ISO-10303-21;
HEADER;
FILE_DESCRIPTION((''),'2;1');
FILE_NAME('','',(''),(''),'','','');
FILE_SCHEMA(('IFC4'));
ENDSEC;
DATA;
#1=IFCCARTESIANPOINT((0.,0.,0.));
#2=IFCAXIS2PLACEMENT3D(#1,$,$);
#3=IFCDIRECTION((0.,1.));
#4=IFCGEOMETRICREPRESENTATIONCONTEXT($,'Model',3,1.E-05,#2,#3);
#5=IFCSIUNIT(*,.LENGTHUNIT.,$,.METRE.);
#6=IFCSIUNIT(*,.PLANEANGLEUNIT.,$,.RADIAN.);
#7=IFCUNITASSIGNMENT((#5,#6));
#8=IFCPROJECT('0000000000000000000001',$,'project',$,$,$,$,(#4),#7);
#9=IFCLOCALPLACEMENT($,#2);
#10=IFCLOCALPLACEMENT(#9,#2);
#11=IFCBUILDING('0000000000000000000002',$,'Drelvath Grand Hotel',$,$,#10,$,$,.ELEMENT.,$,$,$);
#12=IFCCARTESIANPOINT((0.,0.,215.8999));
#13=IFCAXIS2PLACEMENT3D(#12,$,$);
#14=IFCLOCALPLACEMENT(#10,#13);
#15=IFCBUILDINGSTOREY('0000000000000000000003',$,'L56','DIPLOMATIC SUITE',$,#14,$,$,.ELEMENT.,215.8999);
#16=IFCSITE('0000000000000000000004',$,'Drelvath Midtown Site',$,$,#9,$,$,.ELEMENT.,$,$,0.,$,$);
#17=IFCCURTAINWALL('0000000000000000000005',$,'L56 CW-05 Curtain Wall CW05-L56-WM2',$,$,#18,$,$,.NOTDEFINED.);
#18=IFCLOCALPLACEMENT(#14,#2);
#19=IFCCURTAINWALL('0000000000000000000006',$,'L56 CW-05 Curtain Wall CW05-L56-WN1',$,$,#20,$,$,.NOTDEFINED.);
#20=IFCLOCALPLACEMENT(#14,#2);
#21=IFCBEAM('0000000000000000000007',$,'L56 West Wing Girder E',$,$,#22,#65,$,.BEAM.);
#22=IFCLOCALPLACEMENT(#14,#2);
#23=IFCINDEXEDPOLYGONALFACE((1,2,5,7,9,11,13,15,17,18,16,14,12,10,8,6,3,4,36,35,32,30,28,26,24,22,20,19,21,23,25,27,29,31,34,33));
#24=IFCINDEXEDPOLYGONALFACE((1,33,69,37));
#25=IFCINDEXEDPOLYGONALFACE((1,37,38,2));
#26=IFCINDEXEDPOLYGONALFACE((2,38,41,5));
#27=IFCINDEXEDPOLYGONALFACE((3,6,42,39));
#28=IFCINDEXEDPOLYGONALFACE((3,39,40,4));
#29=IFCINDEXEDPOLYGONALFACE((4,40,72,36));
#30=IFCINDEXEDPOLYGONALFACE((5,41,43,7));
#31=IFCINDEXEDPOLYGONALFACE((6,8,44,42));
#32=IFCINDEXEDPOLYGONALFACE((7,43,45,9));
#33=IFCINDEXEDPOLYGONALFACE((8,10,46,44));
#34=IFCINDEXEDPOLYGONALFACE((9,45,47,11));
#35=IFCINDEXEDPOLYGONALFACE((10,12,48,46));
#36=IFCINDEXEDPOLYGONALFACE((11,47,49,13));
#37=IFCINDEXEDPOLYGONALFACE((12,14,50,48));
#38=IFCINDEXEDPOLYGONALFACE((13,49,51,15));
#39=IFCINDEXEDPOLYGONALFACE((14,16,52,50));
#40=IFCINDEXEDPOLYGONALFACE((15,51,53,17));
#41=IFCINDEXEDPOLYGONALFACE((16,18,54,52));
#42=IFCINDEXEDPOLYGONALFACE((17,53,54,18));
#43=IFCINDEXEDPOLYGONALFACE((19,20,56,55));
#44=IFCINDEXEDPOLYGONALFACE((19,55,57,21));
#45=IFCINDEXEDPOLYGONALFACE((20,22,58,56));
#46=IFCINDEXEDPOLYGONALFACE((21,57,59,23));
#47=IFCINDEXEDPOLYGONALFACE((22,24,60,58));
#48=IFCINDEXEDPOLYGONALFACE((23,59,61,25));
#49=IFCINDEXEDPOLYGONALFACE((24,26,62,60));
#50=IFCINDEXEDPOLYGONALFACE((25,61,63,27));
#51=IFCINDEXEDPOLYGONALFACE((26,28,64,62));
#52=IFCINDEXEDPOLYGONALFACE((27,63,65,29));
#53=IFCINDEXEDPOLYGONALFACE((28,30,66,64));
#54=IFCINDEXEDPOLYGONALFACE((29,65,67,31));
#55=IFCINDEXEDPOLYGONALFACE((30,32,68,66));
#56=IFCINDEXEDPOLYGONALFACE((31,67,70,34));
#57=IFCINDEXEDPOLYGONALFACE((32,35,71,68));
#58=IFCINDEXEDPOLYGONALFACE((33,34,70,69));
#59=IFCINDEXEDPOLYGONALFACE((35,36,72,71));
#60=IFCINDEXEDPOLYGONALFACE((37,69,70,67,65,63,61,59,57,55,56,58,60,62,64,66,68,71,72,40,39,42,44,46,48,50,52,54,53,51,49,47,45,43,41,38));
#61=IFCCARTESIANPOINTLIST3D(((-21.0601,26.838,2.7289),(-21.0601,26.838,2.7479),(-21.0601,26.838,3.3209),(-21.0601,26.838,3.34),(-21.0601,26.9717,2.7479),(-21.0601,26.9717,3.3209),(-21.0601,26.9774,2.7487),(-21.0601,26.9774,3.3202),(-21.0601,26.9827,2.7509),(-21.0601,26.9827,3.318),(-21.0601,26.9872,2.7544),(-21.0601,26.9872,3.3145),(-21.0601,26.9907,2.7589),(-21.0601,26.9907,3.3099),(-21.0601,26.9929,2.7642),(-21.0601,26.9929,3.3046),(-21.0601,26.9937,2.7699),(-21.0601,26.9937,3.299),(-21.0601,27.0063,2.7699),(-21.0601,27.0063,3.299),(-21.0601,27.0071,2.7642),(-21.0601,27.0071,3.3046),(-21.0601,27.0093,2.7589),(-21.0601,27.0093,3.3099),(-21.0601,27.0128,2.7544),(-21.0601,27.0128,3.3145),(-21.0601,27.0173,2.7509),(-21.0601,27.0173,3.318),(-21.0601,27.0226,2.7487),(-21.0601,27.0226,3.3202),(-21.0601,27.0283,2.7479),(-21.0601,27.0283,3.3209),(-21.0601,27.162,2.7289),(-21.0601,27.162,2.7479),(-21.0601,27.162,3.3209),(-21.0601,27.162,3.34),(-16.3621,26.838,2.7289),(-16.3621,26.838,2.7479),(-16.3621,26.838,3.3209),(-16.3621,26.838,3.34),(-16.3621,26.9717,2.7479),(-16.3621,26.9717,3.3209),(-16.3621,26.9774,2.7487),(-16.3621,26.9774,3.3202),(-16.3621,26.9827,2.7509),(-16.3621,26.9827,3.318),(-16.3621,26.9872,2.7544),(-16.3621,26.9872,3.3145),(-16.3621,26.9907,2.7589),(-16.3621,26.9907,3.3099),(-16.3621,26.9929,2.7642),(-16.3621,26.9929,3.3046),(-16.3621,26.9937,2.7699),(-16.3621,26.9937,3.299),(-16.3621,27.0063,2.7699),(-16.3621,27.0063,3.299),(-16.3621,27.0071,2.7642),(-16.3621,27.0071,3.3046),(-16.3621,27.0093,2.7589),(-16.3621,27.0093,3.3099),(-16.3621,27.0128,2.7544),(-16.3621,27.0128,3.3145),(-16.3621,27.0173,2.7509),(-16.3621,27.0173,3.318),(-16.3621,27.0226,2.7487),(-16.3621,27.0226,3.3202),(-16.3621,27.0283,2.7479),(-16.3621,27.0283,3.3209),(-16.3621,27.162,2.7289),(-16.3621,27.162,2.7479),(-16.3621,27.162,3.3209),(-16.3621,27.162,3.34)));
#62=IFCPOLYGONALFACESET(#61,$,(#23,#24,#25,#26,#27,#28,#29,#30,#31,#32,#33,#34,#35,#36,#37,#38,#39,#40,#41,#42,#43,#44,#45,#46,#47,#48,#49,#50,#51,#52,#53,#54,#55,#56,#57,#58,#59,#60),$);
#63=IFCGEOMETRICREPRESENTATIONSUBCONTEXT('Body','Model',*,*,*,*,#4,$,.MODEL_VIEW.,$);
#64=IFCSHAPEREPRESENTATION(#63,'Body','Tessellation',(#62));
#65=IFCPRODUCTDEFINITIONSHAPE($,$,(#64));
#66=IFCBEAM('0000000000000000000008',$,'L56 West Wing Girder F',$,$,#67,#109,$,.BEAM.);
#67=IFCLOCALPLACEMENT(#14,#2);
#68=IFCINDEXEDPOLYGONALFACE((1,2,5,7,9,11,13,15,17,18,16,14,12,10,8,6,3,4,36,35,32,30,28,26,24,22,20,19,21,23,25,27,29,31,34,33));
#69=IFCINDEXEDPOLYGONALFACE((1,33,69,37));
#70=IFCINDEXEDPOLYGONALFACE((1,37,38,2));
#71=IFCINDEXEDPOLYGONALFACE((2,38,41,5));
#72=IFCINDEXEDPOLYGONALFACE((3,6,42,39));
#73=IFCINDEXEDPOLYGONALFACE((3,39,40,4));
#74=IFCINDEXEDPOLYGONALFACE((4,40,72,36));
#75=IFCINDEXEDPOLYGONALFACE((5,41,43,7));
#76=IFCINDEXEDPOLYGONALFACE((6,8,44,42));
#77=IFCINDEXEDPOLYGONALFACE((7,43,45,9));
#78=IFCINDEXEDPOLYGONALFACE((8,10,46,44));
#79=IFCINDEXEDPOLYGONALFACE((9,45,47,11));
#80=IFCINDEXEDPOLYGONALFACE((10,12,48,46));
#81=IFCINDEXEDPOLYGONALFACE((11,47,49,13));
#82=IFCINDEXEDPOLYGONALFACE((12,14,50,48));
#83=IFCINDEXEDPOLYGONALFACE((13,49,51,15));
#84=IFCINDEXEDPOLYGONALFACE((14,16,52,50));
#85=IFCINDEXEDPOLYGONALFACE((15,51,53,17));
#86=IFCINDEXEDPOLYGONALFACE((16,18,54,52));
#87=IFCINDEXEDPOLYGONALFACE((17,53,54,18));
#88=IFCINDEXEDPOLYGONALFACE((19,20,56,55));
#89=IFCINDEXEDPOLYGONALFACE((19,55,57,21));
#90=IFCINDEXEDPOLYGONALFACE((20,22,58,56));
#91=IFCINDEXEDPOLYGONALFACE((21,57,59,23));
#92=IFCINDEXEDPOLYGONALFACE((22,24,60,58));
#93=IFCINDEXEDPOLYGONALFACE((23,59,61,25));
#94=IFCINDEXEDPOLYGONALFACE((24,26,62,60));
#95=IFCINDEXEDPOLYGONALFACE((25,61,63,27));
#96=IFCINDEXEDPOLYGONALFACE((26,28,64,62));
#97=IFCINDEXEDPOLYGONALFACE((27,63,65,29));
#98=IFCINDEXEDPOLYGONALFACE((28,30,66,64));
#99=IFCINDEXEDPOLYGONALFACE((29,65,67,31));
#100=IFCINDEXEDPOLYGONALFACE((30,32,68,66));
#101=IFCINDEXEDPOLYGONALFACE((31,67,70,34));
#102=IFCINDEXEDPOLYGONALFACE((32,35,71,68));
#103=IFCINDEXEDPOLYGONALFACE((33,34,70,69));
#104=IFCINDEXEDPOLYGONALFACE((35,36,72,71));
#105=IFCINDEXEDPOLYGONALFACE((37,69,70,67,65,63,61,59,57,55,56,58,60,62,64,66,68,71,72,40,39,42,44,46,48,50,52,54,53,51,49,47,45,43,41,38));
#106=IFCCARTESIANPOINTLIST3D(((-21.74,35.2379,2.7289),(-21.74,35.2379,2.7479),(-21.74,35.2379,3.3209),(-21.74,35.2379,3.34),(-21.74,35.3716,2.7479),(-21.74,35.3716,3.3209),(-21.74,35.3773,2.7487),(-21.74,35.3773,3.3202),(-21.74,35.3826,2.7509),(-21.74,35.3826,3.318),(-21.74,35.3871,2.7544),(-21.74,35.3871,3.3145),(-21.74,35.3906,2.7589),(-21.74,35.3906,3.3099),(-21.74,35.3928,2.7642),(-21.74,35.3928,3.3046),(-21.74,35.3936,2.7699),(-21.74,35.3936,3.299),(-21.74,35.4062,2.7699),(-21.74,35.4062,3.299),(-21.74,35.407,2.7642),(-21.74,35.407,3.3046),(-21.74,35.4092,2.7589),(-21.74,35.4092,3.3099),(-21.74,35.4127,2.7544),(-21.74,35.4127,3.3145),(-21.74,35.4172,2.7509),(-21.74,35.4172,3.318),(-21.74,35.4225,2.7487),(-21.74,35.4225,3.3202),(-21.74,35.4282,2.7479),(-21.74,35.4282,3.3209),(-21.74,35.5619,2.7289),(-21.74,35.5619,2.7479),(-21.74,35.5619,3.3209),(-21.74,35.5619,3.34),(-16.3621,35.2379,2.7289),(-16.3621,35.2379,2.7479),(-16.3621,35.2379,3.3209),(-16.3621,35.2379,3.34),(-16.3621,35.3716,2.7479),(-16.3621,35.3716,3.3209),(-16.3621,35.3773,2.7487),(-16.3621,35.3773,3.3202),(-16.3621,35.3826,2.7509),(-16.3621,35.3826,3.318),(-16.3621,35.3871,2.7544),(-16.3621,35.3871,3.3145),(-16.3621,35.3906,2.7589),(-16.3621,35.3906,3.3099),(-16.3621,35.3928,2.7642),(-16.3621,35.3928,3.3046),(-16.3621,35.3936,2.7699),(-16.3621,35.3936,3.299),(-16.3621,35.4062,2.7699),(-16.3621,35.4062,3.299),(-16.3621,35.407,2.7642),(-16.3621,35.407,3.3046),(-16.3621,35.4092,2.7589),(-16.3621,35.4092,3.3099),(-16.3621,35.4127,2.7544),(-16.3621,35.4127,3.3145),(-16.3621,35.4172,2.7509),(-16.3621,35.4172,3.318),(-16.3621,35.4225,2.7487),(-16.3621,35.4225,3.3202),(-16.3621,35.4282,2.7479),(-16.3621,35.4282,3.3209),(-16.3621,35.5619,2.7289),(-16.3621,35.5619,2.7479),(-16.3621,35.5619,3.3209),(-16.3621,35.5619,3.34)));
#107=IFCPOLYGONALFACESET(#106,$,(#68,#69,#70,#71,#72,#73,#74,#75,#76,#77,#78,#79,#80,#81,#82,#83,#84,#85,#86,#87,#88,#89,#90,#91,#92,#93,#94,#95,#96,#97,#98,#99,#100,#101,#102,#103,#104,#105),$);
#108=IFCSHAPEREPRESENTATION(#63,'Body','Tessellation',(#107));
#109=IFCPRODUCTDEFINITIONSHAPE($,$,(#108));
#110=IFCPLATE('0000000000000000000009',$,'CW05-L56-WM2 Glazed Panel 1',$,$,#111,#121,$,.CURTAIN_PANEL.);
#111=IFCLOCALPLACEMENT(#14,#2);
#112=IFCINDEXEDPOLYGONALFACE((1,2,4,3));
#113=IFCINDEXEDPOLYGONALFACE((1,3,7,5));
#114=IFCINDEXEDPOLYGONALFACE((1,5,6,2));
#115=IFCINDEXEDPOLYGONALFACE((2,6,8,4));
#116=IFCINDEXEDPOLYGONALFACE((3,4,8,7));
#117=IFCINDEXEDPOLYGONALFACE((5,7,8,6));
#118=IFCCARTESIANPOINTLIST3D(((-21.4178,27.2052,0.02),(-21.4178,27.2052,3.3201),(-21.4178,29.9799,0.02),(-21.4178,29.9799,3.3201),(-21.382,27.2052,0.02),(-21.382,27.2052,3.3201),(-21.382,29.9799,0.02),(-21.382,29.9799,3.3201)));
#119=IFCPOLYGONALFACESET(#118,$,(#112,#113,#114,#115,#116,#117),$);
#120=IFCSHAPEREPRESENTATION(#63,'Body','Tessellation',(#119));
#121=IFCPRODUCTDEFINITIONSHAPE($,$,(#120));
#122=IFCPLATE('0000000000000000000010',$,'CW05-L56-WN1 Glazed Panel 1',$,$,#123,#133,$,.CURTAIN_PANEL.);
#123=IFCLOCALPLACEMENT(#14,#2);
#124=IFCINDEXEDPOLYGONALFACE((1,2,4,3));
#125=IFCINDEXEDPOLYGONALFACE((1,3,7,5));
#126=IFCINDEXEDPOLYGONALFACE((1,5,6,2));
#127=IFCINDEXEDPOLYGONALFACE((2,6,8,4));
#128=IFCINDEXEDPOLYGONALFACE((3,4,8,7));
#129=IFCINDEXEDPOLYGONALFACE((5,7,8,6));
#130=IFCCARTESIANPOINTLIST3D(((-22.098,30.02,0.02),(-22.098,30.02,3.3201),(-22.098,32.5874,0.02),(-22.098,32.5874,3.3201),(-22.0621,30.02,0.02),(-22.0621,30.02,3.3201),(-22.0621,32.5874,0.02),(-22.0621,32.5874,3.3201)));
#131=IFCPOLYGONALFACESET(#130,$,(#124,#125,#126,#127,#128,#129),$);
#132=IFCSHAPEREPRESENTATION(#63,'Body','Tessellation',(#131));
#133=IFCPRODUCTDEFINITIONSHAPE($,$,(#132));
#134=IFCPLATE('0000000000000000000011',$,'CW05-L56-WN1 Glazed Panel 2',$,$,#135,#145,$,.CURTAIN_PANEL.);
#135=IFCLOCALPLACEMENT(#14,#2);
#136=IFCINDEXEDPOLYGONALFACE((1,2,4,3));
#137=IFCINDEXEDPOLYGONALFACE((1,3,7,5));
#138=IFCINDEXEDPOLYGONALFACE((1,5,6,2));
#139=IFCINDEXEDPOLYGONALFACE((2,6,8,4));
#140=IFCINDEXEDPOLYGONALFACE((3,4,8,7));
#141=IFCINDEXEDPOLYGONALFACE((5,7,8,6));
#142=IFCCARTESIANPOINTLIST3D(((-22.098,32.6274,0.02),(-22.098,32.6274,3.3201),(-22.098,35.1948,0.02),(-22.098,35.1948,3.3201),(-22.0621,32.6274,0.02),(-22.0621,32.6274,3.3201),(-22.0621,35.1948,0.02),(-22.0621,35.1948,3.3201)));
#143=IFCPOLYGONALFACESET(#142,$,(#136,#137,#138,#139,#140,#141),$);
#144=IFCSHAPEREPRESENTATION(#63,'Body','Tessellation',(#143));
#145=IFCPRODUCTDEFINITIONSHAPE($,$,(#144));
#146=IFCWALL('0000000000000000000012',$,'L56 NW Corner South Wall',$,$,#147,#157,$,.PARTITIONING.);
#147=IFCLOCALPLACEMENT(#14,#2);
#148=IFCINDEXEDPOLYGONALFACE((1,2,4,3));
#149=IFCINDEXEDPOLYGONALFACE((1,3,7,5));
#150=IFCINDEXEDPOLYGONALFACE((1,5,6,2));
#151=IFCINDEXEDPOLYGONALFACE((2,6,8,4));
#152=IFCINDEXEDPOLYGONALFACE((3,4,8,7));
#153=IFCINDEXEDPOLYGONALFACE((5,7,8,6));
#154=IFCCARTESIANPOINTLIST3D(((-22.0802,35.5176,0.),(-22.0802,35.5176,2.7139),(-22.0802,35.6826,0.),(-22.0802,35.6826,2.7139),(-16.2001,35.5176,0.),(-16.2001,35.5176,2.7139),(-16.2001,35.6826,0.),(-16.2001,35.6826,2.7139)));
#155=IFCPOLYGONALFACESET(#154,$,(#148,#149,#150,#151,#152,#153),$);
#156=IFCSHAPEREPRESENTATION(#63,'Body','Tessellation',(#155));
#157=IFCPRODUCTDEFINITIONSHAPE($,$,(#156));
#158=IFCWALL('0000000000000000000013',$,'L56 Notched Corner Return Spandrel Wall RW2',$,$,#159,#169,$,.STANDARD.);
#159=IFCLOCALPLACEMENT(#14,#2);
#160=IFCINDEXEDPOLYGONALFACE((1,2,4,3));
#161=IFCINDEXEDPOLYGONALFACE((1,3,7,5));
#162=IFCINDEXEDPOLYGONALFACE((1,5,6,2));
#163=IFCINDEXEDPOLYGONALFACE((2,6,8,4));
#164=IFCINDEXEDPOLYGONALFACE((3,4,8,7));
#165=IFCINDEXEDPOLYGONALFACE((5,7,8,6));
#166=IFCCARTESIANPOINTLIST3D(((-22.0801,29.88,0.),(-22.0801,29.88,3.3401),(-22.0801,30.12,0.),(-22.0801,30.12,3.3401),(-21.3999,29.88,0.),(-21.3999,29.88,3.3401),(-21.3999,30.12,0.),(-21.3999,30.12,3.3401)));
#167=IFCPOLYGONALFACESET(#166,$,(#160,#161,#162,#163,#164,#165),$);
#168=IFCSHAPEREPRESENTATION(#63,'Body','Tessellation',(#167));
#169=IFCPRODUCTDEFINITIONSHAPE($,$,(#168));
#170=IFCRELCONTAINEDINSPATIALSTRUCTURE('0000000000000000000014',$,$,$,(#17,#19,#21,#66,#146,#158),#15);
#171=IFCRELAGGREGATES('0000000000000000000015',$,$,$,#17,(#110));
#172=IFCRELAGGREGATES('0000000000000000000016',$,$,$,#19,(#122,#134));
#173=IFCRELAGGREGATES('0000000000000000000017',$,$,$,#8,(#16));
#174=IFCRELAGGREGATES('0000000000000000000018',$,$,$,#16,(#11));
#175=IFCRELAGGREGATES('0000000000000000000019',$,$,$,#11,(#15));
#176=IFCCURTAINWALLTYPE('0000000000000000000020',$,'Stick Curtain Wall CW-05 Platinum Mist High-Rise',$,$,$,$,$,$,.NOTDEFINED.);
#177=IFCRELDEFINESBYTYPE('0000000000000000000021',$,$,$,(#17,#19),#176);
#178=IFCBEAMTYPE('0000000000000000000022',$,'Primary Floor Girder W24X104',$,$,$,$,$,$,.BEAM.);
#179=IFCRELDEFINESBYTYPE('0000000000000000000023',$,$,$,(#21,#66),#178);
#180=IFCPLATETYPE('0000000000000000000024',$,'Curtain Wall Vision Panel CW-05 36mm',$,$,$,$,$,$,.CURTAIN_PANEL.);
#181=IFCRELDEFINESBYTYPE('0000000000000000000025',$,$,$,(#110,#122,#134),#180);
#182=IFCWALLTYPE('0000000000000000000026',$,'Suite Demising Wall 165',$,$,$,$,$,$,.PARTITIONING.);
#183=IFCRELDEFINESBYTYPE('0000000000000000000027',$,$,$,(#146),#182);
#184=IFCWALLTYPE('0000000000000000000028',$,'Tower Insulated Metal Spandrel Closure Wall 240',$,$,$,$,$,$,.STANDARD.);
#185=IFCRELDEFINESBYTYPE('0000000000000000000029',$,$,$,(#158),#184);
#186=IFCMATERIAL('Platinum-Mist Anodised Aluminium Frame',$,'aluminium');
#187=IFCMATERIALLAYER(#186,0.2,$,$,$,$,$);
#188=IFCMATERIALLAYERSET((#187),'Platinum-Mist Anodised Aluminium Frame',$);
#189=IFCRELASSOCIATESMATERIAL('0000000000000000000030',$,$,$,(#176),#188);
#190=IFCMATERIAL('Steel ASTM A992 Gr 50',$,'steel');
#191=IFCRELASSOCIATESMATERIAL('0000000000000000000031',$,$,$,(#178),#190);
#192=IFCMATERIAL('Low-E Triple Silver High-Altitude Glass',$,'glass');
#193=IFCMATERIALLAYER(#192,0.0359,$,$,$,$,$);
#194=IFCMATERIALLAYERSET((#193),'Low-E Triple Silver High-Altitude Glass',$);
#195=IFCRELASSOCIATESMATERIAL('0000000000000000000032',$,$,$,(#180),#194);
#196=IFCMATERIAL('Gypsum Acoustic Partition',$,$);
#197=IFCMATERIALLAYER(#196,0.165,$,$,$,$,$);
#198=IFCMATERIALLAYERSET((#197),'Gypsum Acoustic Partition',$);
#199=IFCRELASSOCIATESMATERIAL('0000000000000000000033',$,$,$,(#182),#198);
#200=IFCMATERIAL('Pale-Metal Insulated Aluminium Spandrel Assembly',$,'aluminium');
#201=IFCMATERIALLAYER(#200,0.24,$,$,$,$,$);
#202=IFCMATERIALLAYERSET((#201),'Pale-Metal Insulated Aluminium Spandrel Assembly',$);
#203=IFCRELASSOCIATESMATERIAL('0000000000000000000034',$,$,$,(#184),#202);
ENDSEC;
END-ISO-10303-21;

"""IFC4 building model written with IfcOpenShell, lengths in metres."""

from ifc_helpers import new_model, si_unit, direction, frame, frame_2d, origin, origin_2d, place, context, subcontext, project, spatial, rectangle, i_section, extrude, material, layer, layer_set, material_profile, profile_set, type_object, element, aggregate, save


model = new_model("IFC4")

# Units and contexts
model_context = context("Model", 3, precision=1e-05, world=origin(), true_north=direction((0.0, 1.0)))
body_context = subcontext(model_context, "Body", "Model", "MODEL_VIEW")
ifc_project = project(units=[si_unit("LENGTHUNIT", "METRE"), si_unit("PLANEANGLEUNIT", "RADIAN")], contexts=[model_context])

# Site, building, storey
site_placement = place(None, origin())
site = spatial("IfcSite", under=ifc_project, at=site_placement, Name="Drelvath Midtown Site", CompositionType="ELEMENT", RefElevation=0.0)
building_placement = place(site_placement, origin())
building = spatial("IfcBuilding", under=site, at=building_placement, Name="Drelvath Grand Hotel", CompositionType="ELEMENT")
storey_placement = place(building_placement, frame((0.0, 0.0, 215.8999)))
storey = spatial("IfcBuildingStorey", under=building, at=storey_placement, Name="L56", Description="DIPLOMATIC SUITE", CompositionType="ELEMENT", Elevation=215.8999)

# Curtain walls
ifc_material_1 = material(Name="Platinum-Mist Anodised Aluminium Frame", Category="aluminium")
ifc_layer_1 = layer(ifc_material_1, 0.2)
ifc_layer_set_1 = layer_set([ifc_layer_1], Name="Platinum-Mist Anodised Aluminium Frame")
curtain_wall_type = type_object("IfcCurtainWallType", Name="Stick Curtain Wall CW-05 Platinum Mist High-Rise", PredefinedType="NOTDEFINED", material=ifc_layer_set_1)
curtain_wall_1_placement = place(storey_placement, origin())
curtain_wall_1 = element("IfcCurtainWall", 1, at=curtain_wall_1_placement, inside=storey, type_object=curtain_wall_type, Name="L56 CW-05 Curtain Wall CW05-L56-WM2", PredefinedType="NOTDEFINED")
curtain_wall_2_placement = place(storey_placement, origin())
curtain_wall_2 = element("IfcCurtainWall", 2, at=curtain_wall_2_placement, inside=storey, type_object=curtain_wall_type, Name="L56 CW-05 Curtain Wall CW05-L56-WN1", PredefinedType="NOTDEFINED")

# Beams
ifc_material_2 = material(Name="Steel ASTM A992 Gr 50", Category="steel")
ifc_material_profile_1 = material_profile(ifc_material_2, i_section(OverallWidth=0.324, OverallDepth=0.6111, WebThickness=0.0127, FlangeThickness=0.019, FilletRadius=0.022, at=origin_2d()), Name="W24X104")
ifc_profile_set_1 = profile_set([ifc_material_profile_1], Name="Steel ASTM A992 Gr 50")
beam_type_1 = type_object("IfcBeamType", Name="Primary Floor Girder W24X104", PredefinedType="BEAM", material=ifc_profile_set_1)
beam_1_placement = place(storey_placement, frame((-21.0601, 27.0, 3.0344), z_axis=(1.0, 0.0, 0.0), x_axis=(0.0, 1.0, 0.0)))
element("IfcBeam", 3, at=beam_1_placement, inside=storey, type_object=beam_type_1, Name="L56 West Wing Girder E", PredefinedType="BEAM", context=body_context, shape_type="SweptSolid", body=[
    extrude(i_section(OverallWidth=0.324, OverallDepth=0.6111, WebThickness=0.0127, FlangeThickness=0.019, FilletRadius=0.022, at=origin_2d()), origin(), (0.0, 0.0, 1.0), 4.698),
])
beam_2_placement = place(storey_placement, frame((-21.74, 35.3999, 3.0344), z_axis=(1.0, 0.0, 0.0), x_axis=(0.0, 1.0, 0.0)))
element("IfcBeam", 4, at=beam_2_placement, inside=storey, type_object=beam_type_1, Name="L56 West Wing Girder F", PredefinedType="BEAM", context=body_context, shape_type="SweptSolid", body=[
    extrude(i_section(OverallWidth=0.324, OverallDepth=0.6111, WebThickness=0.0127, FlangeThickness=0.019, FilletRadius=0.022, at=origin_2d()), origin(), (0.0, 0.0, 1.0), 5.3779),
])

# Plates
ifc_material_3 = material(Name="Low-E Triple Silver High-Altitude Glass", Category="glass")
ifc_layer_2 = layer(ifc_material_3, 0.0359)
ifc_layer_set_2 = layer_set([ifc_layer_2], Name="Low-E Triple Silver High-Altitude Glass")
plate_type = type_object("IfcPlateType", Name="Curtain Wall Vision Panel CW-05 36mm", PredefinedType="CURTAIN_PANEL", material=ifc_layer_set_2)
plate_1_placement = place(storey_placement, frame((-21.3999, 28.5925, 0.02), z_axis=(0.0, 0.0, 1.0), x_axis=(0.0, 1.0, 0.0)))
plate_1 = element("IfcPlate", 5, at=plate_1_placement, type_object=plate_type, Name="CW05-L56-WM2 Glazed Panel 1", PredefinedType="CURTAIN_PANEL", context=body_context, shape_type="SweptSolid", body=[
    extrude(rectangle(XDim=2.7747, YDim=0.0359, at=origin_2d()), origin(), (0.0, 0.0, 1.0), 3.3),
])
aggregate(curtain_wall_1, [plate_1])
plate_2_placement = place(storey_placement, frame((-22.0801, 31.3037, 0.02), z_axis=(0.0, 0.0, 1.0), x_axis=(0.0, 1.0, 0.0)))
plate_2 = element("IfcPlate", 6, at=plate_2_placement, type_object=plate_type, Name="CW05-L56-WN1 Glazed Panel 1", PredefinedType="CURTAIN_PANEL", context=body_context, shape_type="SweptSolid", body=[
    extrude(rectangle(XDim=2.5674, YDim=0.0359, at=origin_2d()), origin(), (0.0, 0.0, 1.0), 3.3),
])
plate_3_placement = place(storey_placement, frame((-22.0801, 33.9111, 0.02), z_axis=(0.0, 0.0, 1.0), x_axis=(0.0, 1.0, 0.0)))
plate_3 = element("IfcPlate", 7, at=plate_3_placement, type_object=plate_type, Name="CW05-L56-WN1 Glazed Panel 2", PredefinedType="CURTAIN_PANEL", context=body_context, shape_type="SweptSolid", body=[
    extrude(rectangle(XDim=2.5674, YDim=0.0359, at=origin_2d()), origin(), (0.0, 0.0, 1.0), 3.3),
])
aggregate(curtain_wall_2, [plate_2, plate_3])

# Walls
ifc_material_4 = material(Name="Gypsum Acoustic Partition")
ifc_layer_3 = layer(ifc_material_4, 0.165)
ifc_layer_set_3 = layer_set([ifc_layer_3], Name="Gypsum Acoustic Partition")
wall_type_1 = type_object("IfcWallType", Name="Suite Demising Wall 165", PredefinedType="PARTITIONING", material=ifc_layer_set_3)
wall_1_placement = place(storey_placement, frame((-22.0801, 35.6001, 0.0), z_axis=(0.0, 0.0, 1.0), x_axis=(1.0, 0.0, 0.0)))
element("IfcWall", 8, at=wall_1_placement, inside=storey, type_object=wall_type_1, Name="L56 NW Corner South Wall", PredefinedType="PARTITIONING", context=body_context, shape_type="SweptSolid", body=[
    extrude(rectangle(XDim=5.8801, YDim=0.165, at=frame_2d((2.9399, 0.0))), origin(), (0.0, 0.0, 1.0), 2.7139),
])
ifc_material_5 = material(Name="Pale-Metal Insulated Aluminium Spandrel Assembly", Category="aluminium")
ifc_layer_4 = layer(ifc_material_5, 0.24)
ifc_layer_set_4 = layer_set([ifc_layer_4], Name="Pale-Metal Insulated Aluminium Spandrel Assembly")
wall_type_2 = type_object("IfcWallType", Name="Tower Insulated Metal Spandrel Closure Wall 240", PredefinedType="STANDARD", material=ifc_layer_set_4)
wall_2_placement = place(storey_placement, frame((-21.3999, 30.0, 0.0), z_axis=(0.0, 0.0, 1.0), x_axis=(-1.0, 0.0, 0.0)))
element("IfcWall", 9, at=wall_2_placement, inside=storey, type_object=wall_type_2, Name="L56 Notched Corner Return Spandrel Wall RW2", PredefinedType="STANDARD", context=body_context, shape_type="SweptSolid", body=[
    extrude(rectangle(XDim=0.6802, YDim=0.24, at=frame_2d((0.3401, 0.0))), origin(), (0.0, 0.0, 1.0), 3.3401),
])

save(model, "model.ifc")
